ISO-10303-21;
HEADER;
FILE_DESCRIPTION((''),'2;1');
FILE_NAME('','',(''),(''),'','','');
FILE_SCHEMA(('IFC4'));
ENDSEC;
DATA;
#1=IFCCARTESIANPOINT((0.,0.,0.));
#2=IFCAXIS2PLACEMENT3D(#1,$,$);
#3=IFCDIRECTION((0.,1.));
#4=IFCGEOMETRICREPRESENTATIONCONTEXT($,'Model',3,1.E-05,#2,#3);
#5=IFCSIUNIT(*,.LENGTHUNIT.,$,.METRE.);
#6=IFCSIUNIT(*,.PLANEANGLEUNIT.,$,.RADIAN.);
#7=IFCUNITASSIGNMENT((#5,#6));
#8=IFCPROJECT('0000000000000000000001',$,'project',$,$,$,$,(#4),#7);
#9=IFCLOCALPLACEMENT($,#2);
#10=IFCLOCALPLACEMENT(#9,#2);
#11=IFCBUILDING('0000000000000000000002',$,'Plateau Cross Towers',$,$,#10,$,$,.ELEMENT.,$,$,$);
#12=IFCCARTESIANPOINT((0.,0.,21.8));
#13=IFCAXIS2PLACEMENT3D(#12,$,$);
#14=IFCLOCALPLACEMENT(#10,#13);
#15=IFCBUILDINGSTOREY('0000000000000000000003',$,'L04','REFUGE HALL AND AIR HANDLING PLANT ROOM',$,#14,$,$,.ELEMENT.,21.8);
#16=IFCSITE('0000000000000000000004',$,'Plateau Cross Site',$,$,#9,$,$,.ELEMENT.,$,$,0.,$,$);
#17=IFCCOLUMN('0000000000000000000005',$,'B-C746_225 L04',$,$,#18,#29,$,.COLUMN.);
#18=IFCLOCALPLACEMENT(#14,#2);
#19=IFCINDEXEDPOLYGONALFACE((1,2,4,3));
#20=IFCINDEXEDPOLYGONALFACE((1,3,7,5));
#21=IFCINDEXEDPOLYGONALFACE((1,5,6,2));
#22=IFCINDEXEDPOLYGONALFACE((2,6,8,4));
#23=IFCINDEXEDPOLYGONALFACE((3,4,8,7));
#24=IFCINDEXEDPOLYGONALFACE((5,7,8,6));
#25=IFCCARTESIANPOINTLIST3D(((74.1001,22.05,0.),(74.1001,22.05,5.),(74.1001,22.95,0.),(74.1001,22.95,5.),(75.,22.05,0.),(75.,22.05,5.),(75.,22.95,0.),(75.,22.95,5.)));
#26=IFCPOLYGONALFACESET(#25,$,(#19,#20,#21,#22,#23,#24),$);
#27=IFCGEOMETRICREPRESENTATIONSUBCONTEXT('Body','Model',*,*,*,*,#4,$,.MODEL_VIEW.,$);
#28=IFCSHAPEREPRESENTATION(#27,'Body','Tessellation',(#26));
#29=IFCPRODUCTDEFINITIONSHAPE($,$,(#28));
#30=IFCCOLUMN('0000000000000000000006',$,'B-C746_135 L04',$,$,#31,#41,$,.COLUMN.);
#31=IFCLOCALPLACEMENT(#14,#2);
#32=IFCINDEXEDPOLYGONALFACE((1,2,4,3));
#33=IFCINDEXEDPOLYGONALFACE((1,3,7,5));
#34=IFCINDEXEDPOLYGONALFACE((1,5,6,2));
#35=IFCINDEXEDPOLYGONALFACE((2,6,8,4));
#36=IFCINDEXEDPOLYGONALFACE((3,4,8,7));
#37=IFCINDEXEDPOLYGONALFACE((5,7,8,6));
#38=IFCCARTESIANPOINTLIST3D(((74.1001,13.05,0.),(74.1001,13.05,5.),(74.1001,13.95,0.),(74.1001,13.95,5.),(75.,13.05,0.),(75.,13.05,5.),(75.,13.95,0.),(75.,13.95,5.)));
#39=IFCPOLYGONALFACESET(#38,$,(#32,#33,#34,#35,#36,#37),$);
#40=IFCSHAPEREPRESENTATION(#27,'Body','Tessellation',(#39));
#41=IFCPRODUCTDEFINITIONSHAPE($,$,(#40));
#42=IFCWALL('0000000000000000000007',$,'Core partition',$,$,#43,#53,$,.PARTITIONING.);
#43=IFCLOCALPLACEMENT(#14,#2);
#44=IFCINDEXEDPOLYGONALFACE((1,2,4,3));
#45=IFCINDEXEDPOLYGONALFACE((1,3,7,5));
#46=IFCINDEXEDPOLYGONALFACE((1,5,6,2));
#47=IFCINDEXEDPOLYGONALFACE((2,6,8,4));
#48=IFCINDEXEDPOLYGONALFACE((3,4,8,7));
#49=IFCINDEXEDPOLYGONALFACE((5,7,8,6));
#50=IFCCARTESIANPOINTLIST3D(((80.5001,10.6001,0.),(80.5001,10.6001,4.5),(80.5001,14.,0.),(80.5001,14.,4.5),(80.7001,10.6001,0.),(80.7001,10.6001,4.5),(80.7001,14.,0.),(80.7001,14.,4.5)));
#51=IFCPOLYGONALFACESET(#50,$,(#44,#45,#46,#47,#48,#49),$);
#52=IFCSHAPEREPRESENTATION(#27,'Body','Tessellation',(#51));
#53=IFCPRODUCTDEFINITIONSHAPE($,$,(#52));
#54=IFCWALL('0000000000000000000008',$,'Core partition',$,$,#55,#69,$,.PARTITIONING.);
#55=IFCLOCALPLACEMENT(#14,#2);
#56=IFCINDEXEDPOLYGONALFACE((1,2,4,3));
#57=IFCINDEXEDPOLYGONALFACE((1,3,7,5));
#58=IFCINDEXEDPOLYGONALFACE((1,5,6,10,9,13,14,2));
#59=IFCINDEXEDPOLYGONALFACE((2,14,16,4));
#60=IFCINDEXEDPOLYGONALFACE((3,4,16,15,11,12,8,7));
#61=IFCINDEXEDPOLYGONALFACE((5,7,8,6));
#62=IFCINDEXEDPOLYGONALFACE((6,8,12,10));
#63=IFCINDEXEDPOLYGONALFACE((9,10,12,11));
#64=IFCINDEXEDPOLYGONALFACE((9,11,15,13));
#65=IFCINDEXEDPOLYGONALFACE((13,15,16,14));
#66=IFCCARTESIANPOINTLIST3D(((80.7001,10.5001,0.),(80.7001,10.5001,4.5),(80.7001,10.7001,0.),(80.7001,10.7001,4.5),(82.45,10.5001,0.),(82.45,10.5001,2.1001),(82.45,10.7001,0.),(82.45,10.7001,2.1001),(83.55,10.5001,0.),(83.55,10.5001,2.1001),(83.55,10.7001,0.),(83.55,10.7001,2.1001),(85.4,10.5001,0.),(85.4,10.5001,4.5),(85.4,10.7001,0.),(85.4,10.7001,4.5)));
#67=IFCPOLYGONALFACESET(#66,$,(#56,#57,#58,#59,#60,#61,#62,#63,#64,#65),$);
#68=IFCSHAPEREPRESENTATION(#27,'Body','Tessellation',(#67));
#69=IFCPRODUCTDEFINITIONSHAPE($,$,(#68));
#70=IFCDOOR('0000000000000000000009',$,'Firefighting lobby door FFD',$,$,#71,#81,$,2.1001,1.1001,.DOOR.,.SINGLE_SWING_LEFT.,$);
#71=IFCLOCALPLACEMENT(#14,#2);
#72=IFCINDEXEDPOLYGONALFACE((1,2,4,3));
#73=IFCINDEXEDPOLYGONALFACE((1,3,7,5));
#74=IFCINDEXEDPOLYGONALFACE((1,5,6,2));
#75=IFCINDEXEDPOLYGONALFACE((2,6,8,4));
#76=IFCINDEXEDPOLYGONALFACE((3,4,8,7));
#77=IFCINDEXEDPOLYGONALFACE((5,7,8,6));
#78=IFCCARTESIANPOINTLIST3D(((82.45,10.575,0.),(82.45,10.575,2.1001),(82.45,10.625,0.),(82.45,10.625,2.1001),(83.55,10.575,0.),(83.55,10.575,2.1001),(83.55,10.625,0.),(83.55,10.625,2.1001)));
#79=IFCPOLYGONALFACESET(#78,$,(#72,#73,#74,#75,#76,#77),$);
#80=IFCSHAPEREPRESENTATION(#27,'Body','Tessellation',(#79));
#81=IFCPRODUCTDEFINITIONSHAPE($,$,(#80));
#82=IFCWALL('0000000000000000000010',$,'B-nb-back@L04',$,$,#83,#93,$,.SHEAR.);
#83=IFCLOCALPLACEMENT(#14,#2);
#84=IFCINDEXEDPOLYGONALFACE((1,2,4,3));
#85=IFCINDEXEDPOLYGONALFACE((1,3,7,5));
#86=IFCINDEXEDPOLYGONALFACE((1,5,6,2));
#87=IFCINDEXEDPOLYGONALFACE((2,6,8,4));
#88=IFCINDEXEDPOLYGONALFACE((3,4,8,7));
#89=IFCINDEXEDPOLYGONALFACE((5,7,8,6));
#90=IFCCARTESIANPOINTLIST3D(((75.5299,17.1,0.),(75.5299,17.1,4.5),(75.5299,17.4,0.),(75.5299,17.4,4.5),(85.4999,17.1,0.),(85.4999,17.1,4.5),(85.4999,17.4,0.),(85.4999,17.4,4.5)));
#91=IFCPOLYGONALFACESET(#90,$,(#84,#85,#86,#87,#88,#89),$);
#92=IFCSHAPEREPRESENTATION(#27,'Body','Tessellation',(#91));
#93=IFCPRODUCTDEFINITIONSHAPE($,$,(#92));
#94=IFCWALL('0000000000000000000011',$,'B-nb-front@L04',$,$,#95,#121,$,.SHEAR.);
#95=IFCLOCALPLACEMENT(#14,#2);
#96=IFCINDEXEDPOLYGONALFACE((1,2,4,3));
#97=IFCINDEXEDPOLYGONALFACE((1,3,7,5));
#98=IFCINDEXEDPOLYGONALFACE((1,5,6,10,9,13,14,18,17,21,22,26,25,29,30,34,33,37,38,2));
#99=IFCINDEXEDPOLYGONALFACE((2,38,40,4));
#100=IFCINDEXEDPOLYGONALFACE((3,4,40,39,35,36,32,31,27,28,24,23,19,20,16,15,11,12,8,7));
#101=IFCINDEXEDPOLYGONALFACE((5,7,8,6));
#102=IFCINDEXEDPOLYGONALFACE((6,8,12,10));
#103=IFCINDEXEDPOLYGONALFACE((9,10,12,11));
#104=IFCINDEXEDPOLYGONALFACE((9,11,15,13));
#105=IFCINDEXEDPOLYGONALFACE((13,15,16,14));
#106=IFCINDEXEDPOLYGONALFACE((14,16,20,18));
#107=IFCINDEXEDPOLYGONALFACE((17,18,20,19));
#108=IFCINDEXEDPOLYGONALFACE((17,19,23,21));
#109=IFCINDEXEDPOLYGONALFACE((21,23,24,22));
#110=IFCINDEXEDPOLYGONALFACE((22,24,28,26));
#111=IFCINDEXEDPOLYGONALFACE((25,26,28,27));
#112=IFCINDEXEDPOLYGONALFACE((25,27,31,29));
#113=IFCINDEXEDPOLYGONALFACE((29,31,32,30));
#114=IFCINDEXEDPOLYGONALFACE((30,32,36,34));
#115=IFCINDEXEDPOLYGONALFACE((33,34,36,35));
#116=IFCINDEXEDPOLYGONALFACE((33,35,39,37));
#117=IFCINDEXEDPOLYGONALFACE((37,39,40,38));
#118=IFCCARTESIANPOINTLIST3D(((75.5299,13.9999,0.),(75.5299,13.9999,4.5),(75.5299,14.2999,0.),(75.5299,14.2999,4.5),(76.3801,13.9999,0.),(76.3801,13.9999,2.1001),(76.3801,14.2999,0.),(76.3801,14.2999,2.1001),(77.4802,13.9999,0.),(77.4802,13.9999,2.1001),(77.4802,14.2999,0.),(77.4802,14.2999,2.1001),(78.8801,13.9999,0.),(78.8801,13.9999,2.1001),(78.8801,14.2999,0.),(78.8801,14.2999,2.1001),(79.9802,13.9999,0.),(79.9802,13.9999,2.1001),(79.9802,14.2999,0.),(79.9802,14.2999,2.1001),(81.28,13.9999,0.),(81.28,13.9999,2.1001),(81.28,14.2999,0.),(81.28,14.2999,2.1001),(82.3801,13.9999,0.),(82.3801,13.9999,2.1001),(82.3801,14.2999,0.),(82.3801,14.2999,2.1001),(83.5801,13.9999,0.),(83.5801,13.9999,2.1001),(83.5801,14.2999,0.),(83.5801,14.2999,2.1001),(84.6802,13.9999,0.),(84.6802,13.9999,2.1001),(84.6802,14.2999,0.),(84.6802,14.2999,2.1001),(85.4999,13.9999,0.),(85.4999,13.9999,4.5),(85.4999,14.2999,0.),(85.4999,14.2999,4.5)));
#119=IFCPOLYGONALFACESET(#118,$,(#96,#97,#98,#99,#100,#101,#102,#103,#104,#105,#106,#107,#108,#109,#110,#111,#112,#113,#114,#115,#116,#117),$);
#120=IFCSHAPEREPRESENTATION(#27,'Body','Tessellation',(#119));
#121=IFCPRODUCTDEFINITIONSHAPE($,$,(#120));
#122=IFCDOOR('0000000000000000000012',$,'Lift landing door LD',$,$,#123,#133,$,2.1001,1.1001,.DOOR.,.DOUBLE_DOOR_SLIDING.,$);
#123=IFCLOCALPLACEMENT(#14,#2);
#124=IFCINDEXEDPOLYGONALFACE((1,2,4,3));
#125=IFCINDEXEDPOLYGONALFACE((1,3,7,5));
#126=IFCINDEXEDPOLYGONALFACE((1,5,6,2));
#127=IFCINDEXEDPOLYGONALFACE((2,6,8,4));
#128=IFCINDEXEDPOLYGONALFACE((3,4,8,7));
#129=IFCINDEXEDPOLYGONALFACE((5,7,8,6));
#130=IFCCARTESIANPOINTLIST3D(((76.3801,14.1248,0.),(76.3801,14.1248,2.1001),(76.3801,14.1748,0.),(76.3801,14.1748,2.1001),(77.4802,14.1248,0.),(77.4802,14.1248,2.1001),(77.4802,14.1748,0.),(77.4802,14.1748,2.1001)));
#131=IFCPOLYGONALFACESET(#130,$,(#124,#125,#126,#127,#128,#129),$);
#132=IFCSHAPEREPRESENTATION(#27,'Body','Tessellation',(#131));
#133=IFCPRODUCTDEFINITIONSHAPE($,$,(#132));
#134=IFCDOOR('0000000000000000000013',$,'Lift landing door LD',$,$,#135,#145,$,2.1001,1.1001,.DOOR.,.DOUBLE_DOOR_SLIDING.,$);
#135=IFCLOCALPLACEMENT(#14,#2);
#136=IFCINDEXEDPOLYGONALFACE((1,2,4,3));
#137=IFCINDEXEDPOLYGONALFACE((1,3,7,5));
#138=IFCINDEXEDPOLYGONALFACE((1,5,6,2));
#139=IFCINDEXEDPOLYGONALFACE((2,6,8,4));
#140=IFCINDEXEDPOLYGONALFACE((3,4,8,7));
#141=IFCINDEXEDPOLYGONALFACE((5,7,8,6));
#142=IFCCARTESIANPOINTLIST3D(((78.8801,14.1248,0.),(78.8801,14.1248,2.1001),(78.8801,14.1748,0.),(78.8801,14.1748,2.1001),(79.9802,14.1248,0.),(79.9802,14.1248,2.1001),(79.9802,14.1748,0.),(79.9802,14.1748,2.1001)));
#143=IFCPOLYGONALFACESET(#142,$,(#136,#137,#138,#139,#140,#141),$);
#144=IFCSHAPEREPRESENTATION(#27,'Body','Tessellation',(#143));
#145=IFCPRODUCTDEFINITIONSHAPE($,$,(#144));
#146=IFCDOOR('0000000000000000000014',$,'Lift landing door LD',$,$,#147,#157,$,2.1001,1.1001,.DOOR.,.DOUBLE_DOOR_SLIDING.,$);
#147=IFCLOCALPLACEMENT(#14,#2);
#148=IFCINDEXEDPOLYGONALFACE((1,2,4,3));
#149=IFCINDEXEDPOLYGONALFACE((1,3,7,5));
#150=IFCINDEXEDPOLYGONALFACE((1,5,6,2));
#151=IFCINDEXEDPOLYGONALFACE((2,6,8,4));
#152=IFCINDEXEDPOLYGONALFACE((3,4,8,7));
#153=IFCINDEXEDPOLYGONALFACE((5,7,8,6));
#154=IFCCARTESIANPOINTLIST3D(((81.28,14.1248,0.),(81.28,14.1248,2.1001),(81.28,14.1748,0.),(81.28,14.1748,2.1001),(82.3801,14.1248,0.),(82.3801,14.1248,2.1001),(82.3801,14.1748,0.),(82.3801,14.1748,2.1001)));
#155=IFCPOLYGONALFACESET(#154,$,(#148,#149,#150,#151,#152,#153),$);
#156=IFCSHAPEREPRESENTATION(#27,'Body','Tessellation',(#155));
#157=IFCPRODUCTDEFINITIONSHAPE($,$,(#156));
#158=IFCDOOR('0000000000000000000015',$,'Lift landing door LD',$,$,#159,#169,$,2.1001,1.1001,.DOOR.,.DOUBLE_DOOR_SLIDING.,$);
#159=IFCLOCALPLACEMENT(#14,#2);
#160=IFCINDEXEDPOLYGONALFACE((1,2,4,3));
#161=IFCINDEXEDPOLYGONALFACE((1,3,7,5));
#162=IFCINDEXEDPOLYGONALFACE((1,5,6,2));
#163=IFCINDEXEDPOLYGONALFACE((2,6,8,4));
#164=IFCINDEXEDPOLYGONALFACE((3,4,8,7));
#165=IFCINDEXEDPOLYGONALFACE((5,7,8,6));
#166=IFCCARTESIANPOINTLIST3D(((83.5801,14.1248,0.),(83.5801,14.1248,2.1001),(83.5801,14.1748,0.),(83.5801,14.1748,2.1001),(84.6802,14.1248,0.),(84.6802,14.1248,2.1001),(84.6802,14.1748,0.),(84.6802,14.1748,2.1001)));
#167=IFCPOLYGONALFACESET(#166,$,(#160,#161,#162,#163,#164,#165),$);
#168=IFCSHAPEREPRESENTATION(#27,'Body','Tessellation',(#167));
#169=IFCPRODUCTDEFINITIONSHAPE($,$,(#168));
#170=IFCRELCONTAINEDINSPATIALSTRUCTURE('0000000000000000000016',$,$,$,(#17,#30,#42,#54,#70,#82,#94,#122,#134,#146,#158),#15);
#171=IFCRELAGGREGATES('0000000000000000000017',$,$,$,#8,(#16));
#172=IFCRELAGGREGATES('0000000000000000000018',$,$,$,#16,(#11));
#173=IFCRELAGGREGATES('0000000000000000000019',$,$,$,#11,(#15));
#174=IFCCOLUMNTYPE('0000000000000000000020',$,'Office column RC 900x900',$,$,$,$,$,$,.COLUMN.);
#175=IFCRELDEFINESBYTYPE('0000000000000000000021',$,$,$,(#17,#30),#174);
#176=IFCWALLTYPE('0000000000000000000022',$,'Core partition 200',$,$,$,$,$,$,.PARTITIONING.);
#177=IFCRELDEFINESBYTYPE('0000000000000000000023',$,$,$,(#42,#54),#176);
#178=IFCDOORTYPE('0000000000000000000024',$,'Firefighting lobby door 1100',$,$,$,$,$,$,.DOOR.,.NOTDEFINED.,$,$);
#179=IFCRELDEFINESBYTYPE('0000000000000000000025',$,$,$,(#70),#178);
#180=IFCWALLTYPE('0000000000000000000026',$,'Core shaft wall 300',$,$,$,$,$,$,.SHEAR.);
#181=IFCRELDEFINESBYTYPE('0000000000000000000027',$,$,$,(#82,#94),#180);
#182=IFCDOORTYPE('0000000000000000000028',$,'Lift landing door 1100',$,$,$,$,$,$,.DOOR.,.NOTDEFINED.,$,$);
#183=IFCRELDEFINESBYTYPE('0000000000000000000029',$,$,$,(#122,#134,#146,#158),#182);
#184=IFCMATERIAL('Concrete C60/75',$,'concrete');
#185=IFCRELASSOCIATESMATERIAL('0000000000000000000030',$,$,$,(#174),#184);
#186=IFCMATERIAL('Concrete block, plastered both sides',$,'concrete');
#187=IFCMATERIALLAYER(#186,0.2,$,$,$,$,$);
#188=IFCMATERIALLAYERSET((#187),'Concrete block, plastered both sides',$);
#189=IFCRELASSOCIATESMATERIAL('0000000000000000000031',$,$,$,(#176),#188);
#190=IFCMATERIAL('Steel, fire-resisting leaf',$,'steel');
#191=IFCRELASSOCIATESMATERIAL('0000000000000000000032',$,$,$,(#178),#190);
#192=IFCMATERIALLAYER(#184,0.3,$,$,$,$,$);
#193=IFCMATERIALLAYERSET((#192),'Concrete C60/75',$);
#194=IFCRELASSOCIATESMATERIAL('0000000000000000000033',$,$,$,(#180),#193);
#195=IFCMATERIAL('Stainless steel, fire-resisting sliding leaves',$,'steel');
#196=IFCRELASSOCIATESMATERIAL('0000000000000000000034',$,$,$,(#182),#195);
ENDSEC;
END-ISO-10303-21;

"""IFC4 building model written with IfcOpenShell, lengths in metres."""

from ifc_helpers import new_model, si_unit, direction, frame, frame_2d, origin, origin_2d, place, context, subcontext, project, spatial, rectangle, extrude, material, layer, layer_set, material_profile, profile_set, type_object, element, fill, save


model = new_model("IFC4")

# Units and contexts
model_context = context("Model", 3, precision=1e-05, world=origin(), true_north=direction((0.0, 1.0)))
body_context = subcontext(model_context, "Body", "Model", "MODEL_VIEW")
ifc_project = project(units=[si_unit("LENGTHUNIT", "METRE"), si_unit("PLANEANGLEUNIT", "RADIAN")], contexts=[model_context])

# Site, building, storey
site_placement = place(None, origin())
site = spatial("IfcSite", under=ifc_project, at=site_placement, Name="Plateau Cross Site", CompositionType="ELEMENT", RefElevation=0.0)
building_placement = place(site_placement, origin())
building = spatial("IfcBuilding", under=site, at=building_placement, Name="Plateau Cross Towers", CompositionType="ELEMENT")
storey_placement = place(building_placement, frame((0.0, 0.0, 21.8)))
storey = spatial("IfcBuildingStorey", under=building, at=storey_placement, Name="L04", Description="REFUGE HALL AND AIR HANDLING PLANT ROOM", CompositionType="ELEMENT", Elevation=21.8)

# Columns
ifc_material_1 = material(Name="Concrete C60/75", Category="concrete")
ifc_material_profile = material_profile(ifc_material_1, rectangle(XDim=0.8999, YDim=0.8999, at=origin_2d()), Name="RC 900x900")
ifc_profile_set = profile_set([ifc_material_profile], Name="Concrete C60/75")
column_type = type_object("IfcColumnType", Name="Office column RC 900x900", PredefinedType="COLUMN", material=ifc_profile_set)
for number, where, z_axis, x_axis, name in (
    (1, (74.55, 22.5, 0.0), (0.0, 0.0, 1.0), (1.0, 0.0, 0.0), "B-C746_225 L04"),
    (2, (74.55, 13.5, 0.0), (0.0, 0.0, 1.0), (1.0, 0.0, 0.0), "B-C746_135 L04"),
):
    element("IfcColumn", number, at=place(storey_placement, frame(where, z_axis=z_axis, x_axis=x_axis)), inside=storey, type_object=column_type, Name=name, PredefinedType="COLUMN", context=body_context, shape_type="SweptSolid", body=[
        extrude(rectangle(XDim=0.8999, YDim=0.8999, at=origin_2d()), origin(), (0.0, 0.0, 1.0), 5.0),
    ])

# Wall
ifc_material_2 = material(Name="Concrete block, plastered both sides", Category="concrete")
ifc_layer_1 = layer(ifc_material_2, 0.2)
ifc_layer_set_1 = layer_set([ifc_layer_1], Name="Concrete block, plastered both sides")
wall_type_1 = type_object("IfcWallType", Name="Core partition 200", PredefinedType="PARTITIONING", material=ifc_layer_set_1)
wall_1_placement = place(storey_placement, frame((80.6001, 10.6001, 0.0), z_axis=(0.0, 0.0, 1.0), x_axis=(0.0, 1.0, 0.0)))
element("IfcWall", 3, at=wall_1_placement, inside=storey, type_object=wall_type_1, Name="Core partition", PredefinedType="PARTITIONING", context=body_context, shape_type="SweptSolid", body=[
    extrude(rectangle(XDim=3.3999, YDim=0.2, at=frame_2d((1.7, 0.0))), origin(), (0.0, 0.0, 1.0), 4.5),
])

# Wall, opening, door
wall_2_placement = place(storey_placement, frame((80.7, 10.6001, 0.0), z_axis=(0.0, 0.0, 1.0), x_axis=(1.0, 0.0, 0.0)))
wall_2 = element("IfcWall", 4, at=wall_2_placement, inside=storey, type_object=wall_type_1, Name="Core partition", PredefinedType="PARTITIONING", context=body_context, shape_type="SweptSolid", body=[
    extrude(rectangle(XDim=4.7, YDim=0.2, at=frame_2d((2.3501, 0.0))), origin(), (0.0, 0.0, 1.0), 4.5),
])
opening_1_placement = place(wall_2_placement, frame((1.75, 0.0, 0.0)))
opening_1 = element("IfcOpeningElement", 5, at=opening_1_placement, cuts=wall_2, PredefinedType="OPENING", context=body_context, shape_type="SweptSolid", body=[
    extrude(rectangle(XDim=1.1001, YDim=2.1001, at=frame_2d((0.55, 1.05))), frame((0.0, 0.1099, 0.0), z_axis=(0.0, -1.0, 0.0), x_axis=(1.0, 0.0, 0.0)), (0.0, 0.0, 1.0), 0.22),
])
ifc_material_3 = material(Name="Steel, fire-resisting leaf", Category="steel")
door_type_1 = type_object("IfcDoorType", Name="Firefighting lobby door 1100", OperationType="NOTDEFINED", PredefinedType="DOOR", material=ifc_material_3)
door_1_placement = place(opening_1_placement, origin())
door_1 = element("IfcDoor", 6, at=door_1_placement, inside=storey, type_object=door_type_1, Name="Firefighting lobby door FFD", OperationType="SINGLE_SWING_LEFT", OverallHeight=2.1001, OverallWidth=1.1001, PredefinedType="DOOR", context=body_context, shape_type="SweptSolid", body=[
    extrude(rectangle(XDim=1.1001, YDim=2.1001, at=frame_2d((0.55, 1.05))), frame((0.0, 0.0249, 0.0), z_axis=(0.0, -1.0, 0.0), x_axis=(1.0, 0.0, 0.0)), (0.0, 0.0, 1.0), 0.05),
])
fill(opening_1, door_1)

# Wall
ifc_layer_2 = layer(ifc_material_1, 0.3)
ifc_layer_set_2 = layer_set([ifc_layer_2], Name="Concrete C60/75")
wall_type_2 = type_object("IfcWallType", Name="Core shaft wall 300", PredefinedType="SHEAR", material=ifc_layer_set_2)
wall_3_placement = place(storey_placement, frame((75.53, 17.25, 0.0), z_axis=(0.0, 0.0, 1.0), x_axis=(1.0, 0.0, 0.0)))
element("IfcWall", 7, at=wall_3_placement, inside=storey, type_object=wall_type_2, Name="B-nb-back@L04", PredefinedType="SHEAR", context=body_context, shape_type="SweptSolid", body=[
    extrude(rectangle(XDim=9.97, YDim=0.3, at=frame_2d((4.9849, 0.0))), origin(), (0.0, 0.0, 1.0), 4.5),
])

# Wall, openings, doors
wall_4_placement = place(storey_placement, frame((75.53, 14.1499, 0.0), z_axis=(0.0, 0.0, 1.0), x_axis=(1.0, 0.0, 0.0)))
wall_4 = element("IfcWall", 8, at=wall_4_placement, inside=storey, type_object=wall_type_2, Name="B-nb-front@L04", PredefinedType="SHEAR", context=body_context, shape_type="SweptSolid", body=[
    extrude(rectangle(XDim=9.97, YDim=0.3, at=frame_2d((4.9849, 0.0))), origin(), (0.0, 0.0, 1.0), 4.5),
])
opening_2_placement = place(wall_4_placement, frame((0.8501, 0.0, 0.0)))
opening_2 = element("IfcOpeningElement", 9, at=opening_2_placement, cuts=wall_4, PredefinedType="OPENING", context=body_context, shape_type="SweptSolid", body=[
    extrude(rectangle(XDim=1.1001, YDim=2.1001, at=frame_2d((0.55, 1.05))), frame((0.0, 0.1599, 0.0), z_axis=(0.0, -1.0, 0.0), x_axis=(1.0, 0.0, 0.0)), (0.0, 0.0, 1.0), 0.3201),
])
opening_3_placement = place(wall_4_placement, frame((3.3501, 0.0, 0.0)))
opening_3 = element("IfcOpeningElement", 10, at=opening_3_placement, cuts=wall_4, PredefinedType="OPENING", context=body_context, shape_type="SweptSolid", body=[
    extrude(rectangle(XDim=1.1001, YDim=2.1001, at=frame_2d((0.55, 1.05))), frame((0.0, 0.1599, 0.0), z_axis=(0.0, -1.0, 0.0), x_axis=(1.0, 0.0, 0.0)), (0.0, 0.0, 1.0), 0.3201),
])
opening_4_placement = place(wall_4_placement, frame((5.75, 0.0, 0.0)))
opening_4 = element("IfcOpeningElement", 11, at=opening_4_placement, cuts=wall_4, PredefinedType="OPENING", context=body_context, shape_type="SweptSolid", body=[
    extrude(rectangle(XDim=1.1001, YDim=2.1001, at=frame_2d((0.55, 1.05))), frame((0.0, 0.1599, 0.0), z_axis=(0.0, -1.0, 0.0), x_axis=(1.0, 0.0, 0.0)), (0.0, 0.0, 1.0), 0.3201),
])
opening_5_placement = place(wall_4_placement, frame((8.05, 0.0, 0.0)))
opening_5 = element("IfcOpeningElement", 12, at=opening_5_placement, cuts=wall_4, PredefinedType="OPENING", context=body_context, shape_type="SweptSolid", body=[
    extrude(rectangle(XDim=1.1001, YDim=2.1001, at=frame_2d((0.55, 1.05))), frame((0.0, 0.1599, 0.0), z_axis=(0.0, -1.0, 0.0), x_axis=(1.0, 0.0, 0.0)), (0.0, 0.0, 1.0), 0.3201),
])
ifc_material_4 = material(Name="Stainless steel, fire-resisting sliding leaves", Category="steel")
door_type_2 = type_object("IfcDoorType", Name="Lift landing door 1100", OperationType="NOTDEFINED", PredefinedType="DOOR", material=ifc_material_4)
door_2_placement = place(opening_2_placement, origin())
door_2 = element("IfcDoor", 13, at=door_2_placement, inside=storey, type_object=door_type_2, Name="Lift landing door LD", OperationType="DOUBLE_DOOR_SLIDING", OverallHeight=2.1001, OverallWidth=1.1001, PredefinedType="DOOR", context=body_context, shape_type="SweptSolid", body=[
    extrude(rectangle(XDim=1.1001, YDim=2.1001, at=frame_2d((0.55, 1.05))), frame((0.0, 0.0249, 0.0), z_axis=(0.0, -1.0, 0.0), x_axis=(1.0, 0.0, 0.0)), (0.0, 0.0, 1.0), 0.05),
])
fill(opening_2, door_2)
door_3_placement = place(opening_3_placement, origin())
door_3 = element("IfcDoor", 14, at=door_3_placement, inside=storey, type_object=door_type_2, Name="Lift landing door LD", OperationType="DOUBLE_DOOR_SLIDING", OverallHeight=2.1001, OverallWidth=1.1001, PredefinedType="DOOR", context=body_context, shape_type="SweptSolid", body=[
    extrude(rectangle(XDim=1.1001, YDim=2.1001, at=frame_2d((0.55, 1.05))), frame((0.0, 0.0249, 0.0), z_axis=(0.0, -1.0, 0.0), x_axis=(1.0, 0.0, 0.0)), (0.0, 0.0, 1.0), 0.05),
])
fill(opening_3, door_3)
door_4_placement = place(opening_4_placement, origin())
door_4 = element("IfcDoor", 15, at=door_4_placement, inside=storey, type_object=door_type_2, Name="Lift landing door LD", OperationType="DOUBLE_DOOR_SLIDING", OverallHeight=2.1001, OverallWidth=1.1001, PredefinedType="DOOR", context=body_context, shape_type="SweptSolid", body=[
    extrude(rectangle(XDim=1.1001, YDim=2.1001, at=frame_2d((0.55, 1.05))), frame((0.0, 0.0249, 0.0), z_axis=(0.0, -1.0, 0.0), x_axis=(1.0, 0.0, 0.0)), (0.0, 0.0, 1.0), 0.05),
])
fill(opening_4, door_4)
door_5_placement = place(opening_5_placement, origin())
door_5 = element("IfcDoor", 16, at=door_5_placement, inside=storey, type_object=door_type_2, Name="Lift landing door LD", OperationType="DOUBLE_DOOR_SLIDING", OverallHeight=2.1001, OverallWidth=1.1001, PredefinedType="DOOR", context=body_context, shape_type="SweptSolid", body=[
    extrude(rectangle(XDim=1.1001, YDim=2.1001, at=frame_2d((0.55, 1.05))), frame((0.0, 0.0249, 0.0), z_axis=(0.0, -1.0, 0.0), x_axis=(1.0, 0.0, 0.0)), (0.0, 0.0, 1.0), 0.05),
])
fill(opening_5, door_5)

save(model, "model.ifc")
